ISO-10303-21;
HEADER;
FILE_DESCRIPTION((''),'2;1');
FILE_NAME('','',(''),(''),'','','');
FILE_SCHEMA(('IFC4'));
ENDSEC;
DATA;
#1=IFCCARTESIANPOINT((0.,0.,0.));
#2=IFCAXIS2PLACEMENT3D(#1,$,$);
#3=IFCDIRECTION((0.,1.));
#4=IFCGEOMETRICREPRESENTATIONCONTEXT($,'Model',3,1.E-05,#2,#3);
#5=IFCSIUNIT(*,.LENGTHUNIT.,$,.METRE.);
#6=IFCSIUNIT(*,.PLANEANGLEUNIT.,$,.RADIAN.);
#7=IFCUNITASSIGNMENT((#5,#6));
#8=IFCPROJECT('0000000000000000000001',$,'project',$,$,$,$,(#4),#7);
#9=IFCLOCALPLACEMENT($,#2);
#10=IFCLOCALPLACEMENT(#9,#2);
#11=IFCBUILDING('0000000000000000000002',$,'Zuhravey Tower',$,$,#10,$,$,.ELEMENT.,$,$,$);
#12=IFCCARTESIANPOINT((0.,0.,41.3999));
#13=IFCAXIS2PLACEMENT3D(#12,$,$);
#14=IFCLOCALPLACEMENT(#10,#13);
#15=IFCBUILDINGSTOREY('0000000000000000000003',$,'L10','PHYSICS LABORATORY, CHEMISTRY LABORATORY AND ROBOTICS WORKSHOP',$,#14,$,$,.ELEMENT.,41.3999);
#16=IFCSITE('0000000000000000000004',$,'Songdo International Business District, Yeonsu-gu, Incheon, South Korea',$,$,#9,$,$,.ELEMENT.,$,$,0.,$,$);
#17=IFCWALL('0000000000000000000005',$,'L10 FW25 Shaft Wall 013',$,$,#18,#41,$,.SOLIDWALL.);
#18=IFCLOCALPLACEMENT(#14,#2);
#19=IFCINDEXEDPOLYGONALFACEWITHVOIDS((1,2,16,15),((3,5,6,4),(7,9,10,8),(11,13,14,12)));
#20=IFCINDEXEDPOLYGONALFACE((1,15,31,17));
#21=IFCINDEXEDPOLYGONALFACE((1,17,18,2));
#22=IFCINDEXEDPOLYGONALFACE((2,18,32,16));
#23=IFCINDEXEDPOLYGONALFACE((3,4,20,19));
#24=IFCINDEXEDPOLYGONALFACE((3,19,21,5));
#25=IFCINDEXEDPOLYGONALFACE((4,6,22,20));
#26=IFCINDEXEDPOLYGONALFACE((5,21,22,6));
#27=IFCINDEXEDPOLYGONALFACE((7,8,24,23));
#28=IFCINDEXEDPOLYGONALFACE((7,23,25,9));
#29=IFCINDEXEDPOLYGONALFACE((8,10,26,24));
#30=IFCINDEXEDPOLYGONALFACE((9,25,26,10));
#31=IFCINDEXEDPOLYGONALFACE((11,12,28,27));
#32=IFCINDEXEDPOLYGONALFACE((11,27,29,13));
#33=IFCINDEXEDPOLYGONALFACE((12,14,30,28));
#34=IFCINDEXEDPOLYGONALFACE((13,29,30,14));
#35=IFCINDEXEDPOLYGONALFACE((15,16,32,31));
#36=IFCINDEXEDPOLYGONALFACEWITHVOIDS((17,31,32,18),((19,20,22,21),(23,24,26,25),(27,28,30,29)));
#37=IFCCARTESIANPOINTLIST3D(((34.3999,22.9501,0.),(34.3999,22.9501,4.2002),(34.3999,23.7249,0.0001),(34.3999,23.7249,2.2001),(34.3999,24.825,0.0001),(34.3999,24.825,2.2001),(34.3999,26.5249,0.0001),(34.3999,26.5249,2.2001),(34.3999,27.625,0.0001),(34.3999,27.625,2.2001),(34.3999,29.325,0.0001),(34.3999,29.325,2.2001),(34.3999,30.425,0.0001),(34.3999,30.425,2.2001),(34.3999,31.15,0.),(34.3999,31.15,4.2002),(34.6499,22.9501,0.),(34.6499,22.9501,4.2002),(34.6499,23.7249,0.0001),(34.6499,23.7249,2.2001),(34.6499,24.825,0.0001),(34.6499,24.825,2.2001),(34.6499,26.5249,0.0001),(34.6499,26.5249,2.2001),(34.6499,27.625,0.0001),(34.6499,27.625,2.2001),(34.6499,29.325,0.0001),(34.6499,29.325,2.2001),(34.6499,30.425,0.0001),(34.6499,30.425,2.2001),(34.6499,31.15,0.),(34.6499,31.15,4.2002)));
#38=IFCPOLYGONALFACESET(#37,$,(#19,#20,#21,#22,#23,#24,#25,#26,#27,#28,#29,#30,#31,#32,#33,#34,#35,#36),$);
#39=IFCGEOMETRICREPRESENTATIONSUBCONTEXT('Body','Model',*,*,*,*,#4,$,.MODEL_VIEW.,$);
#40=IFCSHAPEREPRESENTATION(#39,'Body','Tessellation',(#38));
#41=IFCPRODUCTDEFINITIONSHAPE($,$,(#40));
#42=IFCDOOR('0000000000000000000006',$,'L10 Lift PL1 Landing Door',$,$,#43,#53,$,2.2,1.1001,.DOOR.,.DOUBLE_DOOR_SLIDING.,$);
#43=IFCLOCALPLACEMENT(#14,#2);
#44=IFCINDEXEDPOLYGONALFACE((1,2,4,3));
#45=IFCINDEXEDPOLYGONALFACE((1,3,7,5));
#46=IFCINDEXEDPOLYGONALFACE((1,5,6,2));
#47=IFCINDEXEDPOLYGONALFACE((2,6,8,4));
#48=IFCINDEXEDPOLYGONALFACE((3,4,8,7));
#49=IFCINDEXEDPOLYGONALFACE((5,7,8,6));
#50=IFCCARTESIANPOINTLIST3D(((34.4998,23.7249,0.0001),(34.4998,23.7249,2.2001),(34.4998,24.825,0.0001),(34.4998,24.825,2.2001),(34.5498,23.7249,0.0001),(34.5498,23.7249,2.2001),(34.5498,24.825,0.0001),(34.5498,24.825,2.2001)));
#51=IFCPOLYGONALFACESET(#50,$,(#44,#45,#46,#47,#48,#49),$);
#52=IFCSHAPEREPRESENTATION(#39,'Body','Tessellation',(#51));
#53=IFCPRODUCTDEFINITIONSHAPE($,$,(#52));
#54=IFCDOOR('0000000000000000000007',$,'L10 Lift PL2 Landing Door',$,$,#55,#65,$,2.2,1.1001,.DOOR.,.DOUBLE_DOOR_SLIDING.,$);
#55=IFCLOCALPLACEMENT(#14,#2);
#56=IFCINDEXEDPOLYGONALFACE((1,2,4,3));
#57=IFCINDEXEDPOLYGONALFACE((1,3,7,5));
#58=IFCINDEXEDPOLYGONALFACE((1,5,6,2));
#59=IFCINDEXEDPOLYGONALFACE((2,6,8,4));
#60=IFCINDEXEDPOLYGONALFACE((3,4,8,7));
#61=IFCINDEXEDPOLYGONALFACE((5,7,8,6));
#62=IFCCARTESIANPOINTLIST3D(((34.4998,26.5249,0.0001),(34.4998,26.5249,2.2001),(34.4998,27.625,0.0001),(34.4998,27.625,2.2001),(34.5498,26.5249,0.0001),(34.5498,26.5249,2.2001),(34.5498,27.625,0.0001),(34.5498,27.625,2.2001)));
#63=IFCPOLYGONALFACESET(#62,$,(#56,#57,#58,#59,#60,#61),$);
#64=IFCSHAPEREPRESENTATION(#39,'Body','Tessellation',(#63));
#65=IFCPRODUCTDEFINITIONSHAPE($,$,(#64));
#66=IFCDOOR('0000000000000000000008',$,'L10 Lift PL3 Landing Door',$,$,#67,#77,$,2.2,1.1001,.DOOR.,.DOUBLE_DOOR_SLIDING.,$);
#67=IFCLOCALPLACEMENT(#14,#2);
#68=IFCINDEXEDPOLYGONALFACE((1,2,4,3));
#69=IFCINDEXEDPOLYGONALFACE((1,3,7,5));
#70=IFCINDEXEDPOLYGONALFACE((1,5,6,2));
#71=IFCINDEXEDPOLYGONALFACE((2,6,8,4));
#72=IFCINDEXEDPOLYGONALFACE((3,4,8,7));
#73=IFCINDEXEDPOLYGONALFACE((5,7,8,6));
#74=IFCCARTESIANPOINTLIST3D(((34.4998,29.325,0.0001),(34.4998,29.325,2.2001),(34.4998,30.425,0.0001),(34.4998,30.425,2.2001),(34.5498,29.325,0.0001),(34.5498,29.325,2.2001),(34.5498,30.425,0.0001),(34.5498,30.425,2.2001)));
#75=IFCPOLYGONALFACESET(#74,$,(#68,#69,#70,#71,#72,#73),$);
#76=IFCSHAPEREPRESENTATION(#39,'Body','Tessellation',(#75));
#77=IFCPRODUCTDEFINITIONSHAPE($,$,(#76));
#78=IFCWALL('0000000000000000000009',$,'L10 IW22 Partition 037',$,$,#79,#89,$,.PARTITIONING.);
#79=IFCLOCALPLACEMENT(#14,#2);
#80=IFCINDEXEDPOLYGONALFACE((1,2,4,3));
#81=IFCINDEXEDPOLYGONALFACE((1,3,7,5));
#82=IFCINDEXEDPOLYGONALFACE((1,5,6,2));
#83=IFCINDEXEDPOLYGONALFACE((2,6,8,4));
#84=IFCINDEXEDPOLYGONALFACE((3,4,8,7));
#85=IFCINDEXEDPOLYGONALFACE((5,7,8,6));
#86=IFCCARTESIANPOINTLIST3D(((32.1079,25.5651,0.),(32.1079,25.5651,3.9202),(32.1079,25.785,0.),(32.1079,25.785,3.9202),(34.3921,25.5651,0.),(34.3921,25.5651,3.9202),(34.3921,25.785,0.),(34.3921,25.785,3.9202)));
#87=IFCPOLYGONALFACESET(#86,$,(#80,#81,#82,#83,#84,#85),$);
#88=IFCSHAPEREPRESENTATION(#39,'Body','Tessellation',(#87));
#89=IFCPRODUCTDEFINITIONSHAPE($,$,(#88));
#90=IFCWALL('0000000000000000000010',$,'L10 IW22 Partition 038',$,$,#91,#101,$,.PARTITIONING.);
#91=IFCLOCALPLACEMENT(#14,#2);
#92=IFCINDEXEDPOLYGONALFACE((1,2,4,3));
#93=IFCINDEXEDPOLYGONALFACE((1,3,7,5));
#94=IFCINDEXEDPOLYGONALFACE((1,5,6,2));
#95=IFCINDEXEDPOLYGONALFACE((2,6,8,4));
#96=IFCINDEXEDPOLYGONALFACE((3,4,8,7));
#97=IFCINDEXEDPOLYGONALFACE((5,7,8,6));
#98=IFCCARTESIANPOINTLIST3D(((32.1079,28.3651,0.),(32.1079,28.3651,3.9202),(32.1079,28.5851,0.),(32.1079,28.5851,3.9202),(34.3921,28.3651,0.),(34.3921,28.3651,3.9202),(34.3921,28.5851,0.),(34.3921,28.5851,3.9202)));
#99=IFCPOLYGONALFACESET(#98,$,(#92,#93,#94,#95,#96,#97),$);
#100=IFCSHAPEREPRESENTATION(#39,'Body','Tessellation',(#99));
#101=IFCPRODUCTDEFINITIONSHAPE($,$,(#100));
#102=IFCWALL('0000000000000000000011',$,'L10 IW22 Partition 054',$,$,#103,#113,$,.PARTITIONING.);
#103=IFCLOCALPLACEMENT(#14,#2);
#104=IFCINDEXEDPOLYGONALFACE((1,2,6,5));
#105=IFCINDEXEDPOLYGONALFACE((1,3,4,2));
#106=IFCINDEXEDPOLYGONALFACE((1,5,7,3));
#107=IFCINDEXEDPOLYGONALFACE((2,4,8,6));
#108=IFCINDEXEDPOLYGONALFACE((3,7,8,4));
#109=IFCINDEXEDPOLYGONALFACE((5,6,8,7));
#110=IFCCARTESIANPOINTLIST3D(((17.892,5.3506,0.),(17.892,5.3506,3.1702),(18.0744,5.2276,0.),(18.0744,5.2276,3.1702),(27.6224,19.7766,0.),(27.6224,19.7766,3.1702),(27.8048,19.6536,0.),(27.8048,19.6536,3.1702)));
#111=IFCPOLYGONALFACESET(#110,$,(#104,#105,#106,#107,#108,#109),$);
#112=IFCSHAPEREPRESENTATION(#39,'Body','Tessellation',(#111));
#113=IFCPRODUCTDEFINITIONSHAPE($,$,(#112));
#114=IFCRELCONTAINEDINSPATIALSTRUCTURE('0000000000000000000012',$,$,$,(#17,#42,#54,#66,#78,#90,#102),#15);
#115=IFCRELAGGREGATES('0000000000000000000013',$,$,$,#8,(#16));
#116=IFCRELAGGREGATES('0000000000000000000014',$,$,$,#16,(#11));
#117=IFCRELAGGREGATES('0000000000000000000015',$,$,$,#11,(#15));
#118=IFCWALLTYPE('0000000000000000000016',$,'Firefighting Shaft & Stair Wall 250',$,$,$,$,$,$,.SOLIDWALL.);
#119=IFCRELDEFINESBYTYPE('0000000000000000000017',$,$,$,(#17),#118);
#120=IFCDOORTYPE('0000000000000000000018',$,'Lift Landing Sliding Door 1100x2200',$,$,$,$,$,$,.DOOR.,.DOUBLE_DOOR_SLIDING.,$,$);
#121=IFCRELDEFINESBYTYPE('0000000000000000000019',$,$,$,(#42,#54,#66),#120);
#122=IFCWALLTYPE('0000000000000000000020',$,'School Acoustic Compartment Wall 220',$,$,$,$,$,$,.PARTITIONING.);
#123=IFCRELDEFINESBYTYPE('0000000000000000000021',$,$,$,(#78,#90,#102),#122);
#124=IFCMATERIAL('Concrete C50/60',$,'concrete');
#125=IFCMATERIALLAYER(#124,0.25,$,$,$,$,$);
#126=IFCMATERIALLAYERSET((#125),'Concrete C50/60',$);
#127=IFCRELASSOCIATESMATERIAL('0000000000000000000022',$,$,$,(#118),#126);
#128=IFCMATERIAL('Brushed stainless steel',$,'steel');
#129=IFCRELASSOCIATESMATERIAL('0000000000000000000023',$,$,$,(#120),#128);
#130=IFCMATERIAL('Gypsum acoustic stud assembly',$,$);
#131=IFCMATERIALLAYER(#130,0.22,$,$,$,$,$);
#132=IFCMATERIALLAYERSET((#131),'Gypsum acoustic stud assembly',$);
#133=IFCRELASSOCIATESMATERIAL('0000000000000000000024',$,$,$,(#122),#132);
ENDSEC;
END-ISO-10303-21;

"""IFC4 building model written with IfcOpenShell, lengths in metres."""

from ifc_helpers import new_model, si_unit, direction, frame, frame_2d, origin, place, context, subcontext, project, spatial, rectangle, extrude, material, layer, layer_set, type_object, element, fill, save


model = new_model("IFC4")

# Units and contexts
model_context = context("Model", 3, precision=1e-05, world=origin(), true_north=direction((0.0, 1.0)))
body_context = subcontext(model_context, "Body", "Model", "MODEL_VIEW")
ifc_project = project(units=[si_unit("LENGTHUNIT", "METRE"), si_unit("PLANEANGLEUNIT", "RADIAN")], contexts=[model_context])

# Site, building, storey
site_placement = place(None, origin())
site = spatial("IfcSite", under=ifc_project, at=site_placement, Name="Songdo International Business District, Yeonsu-gu, Incheon, South Korea", CompositionType="ELEMENT", RefElevation=0.0)
building_placement = place(site_placement, origin())
building = spatial("IfcBuilding", under=site, at=building_placement, Name="Zuhravey Tower", CompositionType="ELEMENT")
storey_placement = place(building_placement, frame((0.0, 0.0, 41.3999)))
storey = spatial("IfcBuildingStorey", under=building, at=storey_placement, Name="L10", Description="PHYSICS LABORATORY, CHEMISTRY LABORATORY AND ROBOTICS WORKSHOP", CompositionType="ELEMENT", Elevation=41.3999)

# Shared definitions
ifc_material_1 = material(Name="Concrete C50/60", Category="concrete")
ifc_layer_1 = layer(ifc_material_1, 0.25)
ifc_layer_set_1 = layer_set([ifc_layer_1], Name="Concrete C50/60")
wall_type_1 = type_object("IfcWallType", Name="Firefighting Shaft & Stair Wall 250", PredefinedType="SOLIDWALL", material=ifc_layer_set_1)

# Shared definitions
ifc_material_2 = material(Name="Brushed stainless steel", Category="steel")

# Wall, openings, doors
wall_1_placement = place(storey_placement, frame((34.5249, 22.95, 0.0), z_axis=(0.0, 0.0, 1.0), x_axis=(0.0, 1.0, 0.0)))
wall_1 = element("IfcWall", 1, at=wall_1_placement, inside=storey, type_object=wall_type_1, Name="L10 FW25 Shaft Wall 013", PredefinedType="SOLIDWALL", context=body_context, shape_type="SweptSolid", body=[
    extrude(rectangle(XDim=8.2, YDim=0.25, at=frame_2d((4.1001, 0.0))), origin(), (0.0, 0.0, 1.0), 4.2002),
])
opening_1_placement = place(wall_1_placement, frame((0.7749, 0.0, 0.0)))
opening_1 = element("IfcOpeningElement", 2, at=opening_1_placement, cuts=wall_1, PredefinedType="OPENING", context=body_context, shape_type="SweptSolid", body=[
    extrude(rectangle(XDim=1.1001, YDim=2.2, at=frame_2d((0.55, 1.1001))), frame((0.0, 0.137, 0.0), z_axis=(0.0, -1.0, 0.0), x_axis=(1.0, 0.0, 0.0)), (0.0, 0.0, 1.0), 0.2739),
])
opening_2_placement = place(wall_1_placement, frame((3.575, 0.0, 0.0)))
opening_2 = element("IfcOpeningElement", 3, at=opening_2_placement, cuts=wall_1, PredefinedType="OPENING", context=body_context, shape_type="SweptSolid", body=[
    extrude(rectangle(XDim=1.1001, YDim=2.2, at=frame_2d((0.55, 1.1001))), frame((0.0, 0.137, 0.0), z_axis=(0.0, -1.0, 0.0), x_axis=(1.0, 0.0, 0.0)), (0.0, 0.0, 1.0), 0.2739),
])
opening_3_placement = place(wall_1_placement, frame((6.375, 0.0, 0.0)))
opening_3 = element("IfcOpeningElement", 4, at=opening_3_placement, cuts=wall_1, PredefinedType="OPENING", context=body_context, shape_type="SweptSolid", body=[
    extrude(rectangle(XDim=1.1001, YDim=2.2, at=frame_2d((0.55, 1.1001))), frame((0.0, 0.137, 0.0), z_axis=(0.0, -1.0, 0.0), x_axis=(1.0, 0.0, 0.0)), (0.0, 0.0, 1.0), 0.2739),
])
door_type_1 = type_object("IfcDoorType", Name="Lift Landing Sliding Door 1100x2200", OperationType="DOUBLE_DOOR_SLIDING", PredefinedType="DOOR", material=ifc_material_2)
door_1_placement = place(opening_1_placement, frame((1.1001, 0.0, 0.0), z_axis=(0.0, 0.0, 1.0), x_axis=(-1.0, 0.0, 0.0)))
door_1 = element("IfcDoor", 5, at=door_1_placement, inside=storey, type_object=door_type_1, Name="L10 Lift PL1 Landing Door", OperationType="DOUBLE_DOOR_SLIDING", OverallHeight=2.2, OverallWidth=1.1001, PredefinedType="DOOR", context=body_context, shape_type="SweptSolid", body=[
    extrude(rectangle(XDim=1.1001, YDim=2.2, at=frame_2d((0.55, 1.1001))), frame((0.0, 0.0249, 0.0), z_axis=(0.0, -1.0, 0.0), x_axis=(1.0, 0.0, 0.0)), (0.0, 0.0, 1.0), 0.05),
])
fill(opening_1, door_1)
door_2_placement = place(opening_2_placement, frame((1.1001, 0.0, 0.0), z_axis=(0.0, 0.0, 1.0), x_axis=(-1.0, 0.0, 0.0)))
door_2 = element("IfcDoor", 6, at=door_2_placement, inside=storey, type_object=door_type_1, Name="L10 Lift PL2 Landing Door", OperationType="DOUBLE_DOOR_SLIDING", OverallHeight=2.2, OverallWidth=1.1001, PredefinedType="DOOR", context=body_context, shape_type="SweptSolid", body=[
    extrude(rectangle(XDim=1.1001, YDim=2.2, at=frame_2d((0.55, 1.1001))), frame((0.0, 0.0249, 0.0), z_axis=(0.0, -1.0, 0.0), x_axis=(1.0, 0.0, 0.0)), (0.0, 0.0, 1.0), 0.05),
])
fill(opening_2, door_2)
door_3_placement = place(opening_3_placement, frame((1.1001, 0.0, 0.0), z_axis=(0.0, 0.0, 1.0), x_axis=(-1.0, 0.0, 0.0)))
door_3 = element("IfcDoor", 7, at=door_3_placement, inside=storey, type_object=door_type_1, Name="L10 Lift PL3 Landing Door", OperationType="DOUBLE_DOOR_SLIDING", OverallHeight=2.2, OverallWidth=1.1001, PredefinedType="DOOR", context=body_context, shape_type="SweptSolid", body=[
    extrude(rectangle(XDim=1.1001, YDim=2.2, at=frame_2d((0.55, 1.1001))), frame((0.0, 0.0249, 0.0), z_axis=(0.0, -1.0, 0.0), x_axis=(1.0, 0.0, 0.0)), (0.0, 0.0, 1.0), 0.05),
])
fill(opening_3, door_3)

# Walls
ifc_material_3 = material(Name="Gypsum acoustic stud assembly")
ifc_layer_2 = layer(ifc_material_3, 0.22)
ifc_layer_set_2 = layer_set([ifc_layer_2], Name="Gypsum acoustic stud assembly")
wall_type_2 = type_object("IfcWallType", Name="School Acoustic Compartment Wall 220", PredefinedType="PARTITIONING", material=ifc_layer_set_2)
for number, where, z_axis, x_axis, name in (
    (8, (32.1079, 25.675, 0.0), (0.0, 0.0, 1.0), (1.0, 0.0, 0.0), "L10 IW22 Partition 037"),
    (9, (32.1079, 28.4751, 0.0), (0.0, 0.0, 1.0), (1.0, 0.0, 0.0), "L10 IW22 Partition 038"),
):
    element("IfcWall", number, at=place(storey_placement, frame(where, z_axis=z_axis, x_axis=x_axis)), inside=storey, type_object=wall_type_2, Name=name, PredefinedType="PARTITIONING", context=body_context, shape_type="SweptSolid", body=[
        extrude(rectangle(XDim=2.2842, YDim=0.22, at=frame_2d((1.1421, 0.0))), origin(), (0.0, 0.0, 1.0), 3.9202),
    ])
wall_2_placement = place(storey_placement, frame((27.7136, 19.7151, 0.0), z_axis=(0.0, 0.0, 1.0), x_axis=(-0.559193, -0.829038, 0.0)))
element("IfcWall", 10, at=wall_2_placement, inside=storey, type_object=wall_type_2, Name="L10 IW22 Partition 054", PredefinedType="PARTITIONING", context=body_context, shape_type="SweptSolid", body=[
    extrude(rectangle(XDim=17.4009, YDim=0.22, at=frame_2d((8.7004, 0.0))), origin(), (0.0, 0.0, 1.0), 3.1702),
])

save(model, "model.ifc")
